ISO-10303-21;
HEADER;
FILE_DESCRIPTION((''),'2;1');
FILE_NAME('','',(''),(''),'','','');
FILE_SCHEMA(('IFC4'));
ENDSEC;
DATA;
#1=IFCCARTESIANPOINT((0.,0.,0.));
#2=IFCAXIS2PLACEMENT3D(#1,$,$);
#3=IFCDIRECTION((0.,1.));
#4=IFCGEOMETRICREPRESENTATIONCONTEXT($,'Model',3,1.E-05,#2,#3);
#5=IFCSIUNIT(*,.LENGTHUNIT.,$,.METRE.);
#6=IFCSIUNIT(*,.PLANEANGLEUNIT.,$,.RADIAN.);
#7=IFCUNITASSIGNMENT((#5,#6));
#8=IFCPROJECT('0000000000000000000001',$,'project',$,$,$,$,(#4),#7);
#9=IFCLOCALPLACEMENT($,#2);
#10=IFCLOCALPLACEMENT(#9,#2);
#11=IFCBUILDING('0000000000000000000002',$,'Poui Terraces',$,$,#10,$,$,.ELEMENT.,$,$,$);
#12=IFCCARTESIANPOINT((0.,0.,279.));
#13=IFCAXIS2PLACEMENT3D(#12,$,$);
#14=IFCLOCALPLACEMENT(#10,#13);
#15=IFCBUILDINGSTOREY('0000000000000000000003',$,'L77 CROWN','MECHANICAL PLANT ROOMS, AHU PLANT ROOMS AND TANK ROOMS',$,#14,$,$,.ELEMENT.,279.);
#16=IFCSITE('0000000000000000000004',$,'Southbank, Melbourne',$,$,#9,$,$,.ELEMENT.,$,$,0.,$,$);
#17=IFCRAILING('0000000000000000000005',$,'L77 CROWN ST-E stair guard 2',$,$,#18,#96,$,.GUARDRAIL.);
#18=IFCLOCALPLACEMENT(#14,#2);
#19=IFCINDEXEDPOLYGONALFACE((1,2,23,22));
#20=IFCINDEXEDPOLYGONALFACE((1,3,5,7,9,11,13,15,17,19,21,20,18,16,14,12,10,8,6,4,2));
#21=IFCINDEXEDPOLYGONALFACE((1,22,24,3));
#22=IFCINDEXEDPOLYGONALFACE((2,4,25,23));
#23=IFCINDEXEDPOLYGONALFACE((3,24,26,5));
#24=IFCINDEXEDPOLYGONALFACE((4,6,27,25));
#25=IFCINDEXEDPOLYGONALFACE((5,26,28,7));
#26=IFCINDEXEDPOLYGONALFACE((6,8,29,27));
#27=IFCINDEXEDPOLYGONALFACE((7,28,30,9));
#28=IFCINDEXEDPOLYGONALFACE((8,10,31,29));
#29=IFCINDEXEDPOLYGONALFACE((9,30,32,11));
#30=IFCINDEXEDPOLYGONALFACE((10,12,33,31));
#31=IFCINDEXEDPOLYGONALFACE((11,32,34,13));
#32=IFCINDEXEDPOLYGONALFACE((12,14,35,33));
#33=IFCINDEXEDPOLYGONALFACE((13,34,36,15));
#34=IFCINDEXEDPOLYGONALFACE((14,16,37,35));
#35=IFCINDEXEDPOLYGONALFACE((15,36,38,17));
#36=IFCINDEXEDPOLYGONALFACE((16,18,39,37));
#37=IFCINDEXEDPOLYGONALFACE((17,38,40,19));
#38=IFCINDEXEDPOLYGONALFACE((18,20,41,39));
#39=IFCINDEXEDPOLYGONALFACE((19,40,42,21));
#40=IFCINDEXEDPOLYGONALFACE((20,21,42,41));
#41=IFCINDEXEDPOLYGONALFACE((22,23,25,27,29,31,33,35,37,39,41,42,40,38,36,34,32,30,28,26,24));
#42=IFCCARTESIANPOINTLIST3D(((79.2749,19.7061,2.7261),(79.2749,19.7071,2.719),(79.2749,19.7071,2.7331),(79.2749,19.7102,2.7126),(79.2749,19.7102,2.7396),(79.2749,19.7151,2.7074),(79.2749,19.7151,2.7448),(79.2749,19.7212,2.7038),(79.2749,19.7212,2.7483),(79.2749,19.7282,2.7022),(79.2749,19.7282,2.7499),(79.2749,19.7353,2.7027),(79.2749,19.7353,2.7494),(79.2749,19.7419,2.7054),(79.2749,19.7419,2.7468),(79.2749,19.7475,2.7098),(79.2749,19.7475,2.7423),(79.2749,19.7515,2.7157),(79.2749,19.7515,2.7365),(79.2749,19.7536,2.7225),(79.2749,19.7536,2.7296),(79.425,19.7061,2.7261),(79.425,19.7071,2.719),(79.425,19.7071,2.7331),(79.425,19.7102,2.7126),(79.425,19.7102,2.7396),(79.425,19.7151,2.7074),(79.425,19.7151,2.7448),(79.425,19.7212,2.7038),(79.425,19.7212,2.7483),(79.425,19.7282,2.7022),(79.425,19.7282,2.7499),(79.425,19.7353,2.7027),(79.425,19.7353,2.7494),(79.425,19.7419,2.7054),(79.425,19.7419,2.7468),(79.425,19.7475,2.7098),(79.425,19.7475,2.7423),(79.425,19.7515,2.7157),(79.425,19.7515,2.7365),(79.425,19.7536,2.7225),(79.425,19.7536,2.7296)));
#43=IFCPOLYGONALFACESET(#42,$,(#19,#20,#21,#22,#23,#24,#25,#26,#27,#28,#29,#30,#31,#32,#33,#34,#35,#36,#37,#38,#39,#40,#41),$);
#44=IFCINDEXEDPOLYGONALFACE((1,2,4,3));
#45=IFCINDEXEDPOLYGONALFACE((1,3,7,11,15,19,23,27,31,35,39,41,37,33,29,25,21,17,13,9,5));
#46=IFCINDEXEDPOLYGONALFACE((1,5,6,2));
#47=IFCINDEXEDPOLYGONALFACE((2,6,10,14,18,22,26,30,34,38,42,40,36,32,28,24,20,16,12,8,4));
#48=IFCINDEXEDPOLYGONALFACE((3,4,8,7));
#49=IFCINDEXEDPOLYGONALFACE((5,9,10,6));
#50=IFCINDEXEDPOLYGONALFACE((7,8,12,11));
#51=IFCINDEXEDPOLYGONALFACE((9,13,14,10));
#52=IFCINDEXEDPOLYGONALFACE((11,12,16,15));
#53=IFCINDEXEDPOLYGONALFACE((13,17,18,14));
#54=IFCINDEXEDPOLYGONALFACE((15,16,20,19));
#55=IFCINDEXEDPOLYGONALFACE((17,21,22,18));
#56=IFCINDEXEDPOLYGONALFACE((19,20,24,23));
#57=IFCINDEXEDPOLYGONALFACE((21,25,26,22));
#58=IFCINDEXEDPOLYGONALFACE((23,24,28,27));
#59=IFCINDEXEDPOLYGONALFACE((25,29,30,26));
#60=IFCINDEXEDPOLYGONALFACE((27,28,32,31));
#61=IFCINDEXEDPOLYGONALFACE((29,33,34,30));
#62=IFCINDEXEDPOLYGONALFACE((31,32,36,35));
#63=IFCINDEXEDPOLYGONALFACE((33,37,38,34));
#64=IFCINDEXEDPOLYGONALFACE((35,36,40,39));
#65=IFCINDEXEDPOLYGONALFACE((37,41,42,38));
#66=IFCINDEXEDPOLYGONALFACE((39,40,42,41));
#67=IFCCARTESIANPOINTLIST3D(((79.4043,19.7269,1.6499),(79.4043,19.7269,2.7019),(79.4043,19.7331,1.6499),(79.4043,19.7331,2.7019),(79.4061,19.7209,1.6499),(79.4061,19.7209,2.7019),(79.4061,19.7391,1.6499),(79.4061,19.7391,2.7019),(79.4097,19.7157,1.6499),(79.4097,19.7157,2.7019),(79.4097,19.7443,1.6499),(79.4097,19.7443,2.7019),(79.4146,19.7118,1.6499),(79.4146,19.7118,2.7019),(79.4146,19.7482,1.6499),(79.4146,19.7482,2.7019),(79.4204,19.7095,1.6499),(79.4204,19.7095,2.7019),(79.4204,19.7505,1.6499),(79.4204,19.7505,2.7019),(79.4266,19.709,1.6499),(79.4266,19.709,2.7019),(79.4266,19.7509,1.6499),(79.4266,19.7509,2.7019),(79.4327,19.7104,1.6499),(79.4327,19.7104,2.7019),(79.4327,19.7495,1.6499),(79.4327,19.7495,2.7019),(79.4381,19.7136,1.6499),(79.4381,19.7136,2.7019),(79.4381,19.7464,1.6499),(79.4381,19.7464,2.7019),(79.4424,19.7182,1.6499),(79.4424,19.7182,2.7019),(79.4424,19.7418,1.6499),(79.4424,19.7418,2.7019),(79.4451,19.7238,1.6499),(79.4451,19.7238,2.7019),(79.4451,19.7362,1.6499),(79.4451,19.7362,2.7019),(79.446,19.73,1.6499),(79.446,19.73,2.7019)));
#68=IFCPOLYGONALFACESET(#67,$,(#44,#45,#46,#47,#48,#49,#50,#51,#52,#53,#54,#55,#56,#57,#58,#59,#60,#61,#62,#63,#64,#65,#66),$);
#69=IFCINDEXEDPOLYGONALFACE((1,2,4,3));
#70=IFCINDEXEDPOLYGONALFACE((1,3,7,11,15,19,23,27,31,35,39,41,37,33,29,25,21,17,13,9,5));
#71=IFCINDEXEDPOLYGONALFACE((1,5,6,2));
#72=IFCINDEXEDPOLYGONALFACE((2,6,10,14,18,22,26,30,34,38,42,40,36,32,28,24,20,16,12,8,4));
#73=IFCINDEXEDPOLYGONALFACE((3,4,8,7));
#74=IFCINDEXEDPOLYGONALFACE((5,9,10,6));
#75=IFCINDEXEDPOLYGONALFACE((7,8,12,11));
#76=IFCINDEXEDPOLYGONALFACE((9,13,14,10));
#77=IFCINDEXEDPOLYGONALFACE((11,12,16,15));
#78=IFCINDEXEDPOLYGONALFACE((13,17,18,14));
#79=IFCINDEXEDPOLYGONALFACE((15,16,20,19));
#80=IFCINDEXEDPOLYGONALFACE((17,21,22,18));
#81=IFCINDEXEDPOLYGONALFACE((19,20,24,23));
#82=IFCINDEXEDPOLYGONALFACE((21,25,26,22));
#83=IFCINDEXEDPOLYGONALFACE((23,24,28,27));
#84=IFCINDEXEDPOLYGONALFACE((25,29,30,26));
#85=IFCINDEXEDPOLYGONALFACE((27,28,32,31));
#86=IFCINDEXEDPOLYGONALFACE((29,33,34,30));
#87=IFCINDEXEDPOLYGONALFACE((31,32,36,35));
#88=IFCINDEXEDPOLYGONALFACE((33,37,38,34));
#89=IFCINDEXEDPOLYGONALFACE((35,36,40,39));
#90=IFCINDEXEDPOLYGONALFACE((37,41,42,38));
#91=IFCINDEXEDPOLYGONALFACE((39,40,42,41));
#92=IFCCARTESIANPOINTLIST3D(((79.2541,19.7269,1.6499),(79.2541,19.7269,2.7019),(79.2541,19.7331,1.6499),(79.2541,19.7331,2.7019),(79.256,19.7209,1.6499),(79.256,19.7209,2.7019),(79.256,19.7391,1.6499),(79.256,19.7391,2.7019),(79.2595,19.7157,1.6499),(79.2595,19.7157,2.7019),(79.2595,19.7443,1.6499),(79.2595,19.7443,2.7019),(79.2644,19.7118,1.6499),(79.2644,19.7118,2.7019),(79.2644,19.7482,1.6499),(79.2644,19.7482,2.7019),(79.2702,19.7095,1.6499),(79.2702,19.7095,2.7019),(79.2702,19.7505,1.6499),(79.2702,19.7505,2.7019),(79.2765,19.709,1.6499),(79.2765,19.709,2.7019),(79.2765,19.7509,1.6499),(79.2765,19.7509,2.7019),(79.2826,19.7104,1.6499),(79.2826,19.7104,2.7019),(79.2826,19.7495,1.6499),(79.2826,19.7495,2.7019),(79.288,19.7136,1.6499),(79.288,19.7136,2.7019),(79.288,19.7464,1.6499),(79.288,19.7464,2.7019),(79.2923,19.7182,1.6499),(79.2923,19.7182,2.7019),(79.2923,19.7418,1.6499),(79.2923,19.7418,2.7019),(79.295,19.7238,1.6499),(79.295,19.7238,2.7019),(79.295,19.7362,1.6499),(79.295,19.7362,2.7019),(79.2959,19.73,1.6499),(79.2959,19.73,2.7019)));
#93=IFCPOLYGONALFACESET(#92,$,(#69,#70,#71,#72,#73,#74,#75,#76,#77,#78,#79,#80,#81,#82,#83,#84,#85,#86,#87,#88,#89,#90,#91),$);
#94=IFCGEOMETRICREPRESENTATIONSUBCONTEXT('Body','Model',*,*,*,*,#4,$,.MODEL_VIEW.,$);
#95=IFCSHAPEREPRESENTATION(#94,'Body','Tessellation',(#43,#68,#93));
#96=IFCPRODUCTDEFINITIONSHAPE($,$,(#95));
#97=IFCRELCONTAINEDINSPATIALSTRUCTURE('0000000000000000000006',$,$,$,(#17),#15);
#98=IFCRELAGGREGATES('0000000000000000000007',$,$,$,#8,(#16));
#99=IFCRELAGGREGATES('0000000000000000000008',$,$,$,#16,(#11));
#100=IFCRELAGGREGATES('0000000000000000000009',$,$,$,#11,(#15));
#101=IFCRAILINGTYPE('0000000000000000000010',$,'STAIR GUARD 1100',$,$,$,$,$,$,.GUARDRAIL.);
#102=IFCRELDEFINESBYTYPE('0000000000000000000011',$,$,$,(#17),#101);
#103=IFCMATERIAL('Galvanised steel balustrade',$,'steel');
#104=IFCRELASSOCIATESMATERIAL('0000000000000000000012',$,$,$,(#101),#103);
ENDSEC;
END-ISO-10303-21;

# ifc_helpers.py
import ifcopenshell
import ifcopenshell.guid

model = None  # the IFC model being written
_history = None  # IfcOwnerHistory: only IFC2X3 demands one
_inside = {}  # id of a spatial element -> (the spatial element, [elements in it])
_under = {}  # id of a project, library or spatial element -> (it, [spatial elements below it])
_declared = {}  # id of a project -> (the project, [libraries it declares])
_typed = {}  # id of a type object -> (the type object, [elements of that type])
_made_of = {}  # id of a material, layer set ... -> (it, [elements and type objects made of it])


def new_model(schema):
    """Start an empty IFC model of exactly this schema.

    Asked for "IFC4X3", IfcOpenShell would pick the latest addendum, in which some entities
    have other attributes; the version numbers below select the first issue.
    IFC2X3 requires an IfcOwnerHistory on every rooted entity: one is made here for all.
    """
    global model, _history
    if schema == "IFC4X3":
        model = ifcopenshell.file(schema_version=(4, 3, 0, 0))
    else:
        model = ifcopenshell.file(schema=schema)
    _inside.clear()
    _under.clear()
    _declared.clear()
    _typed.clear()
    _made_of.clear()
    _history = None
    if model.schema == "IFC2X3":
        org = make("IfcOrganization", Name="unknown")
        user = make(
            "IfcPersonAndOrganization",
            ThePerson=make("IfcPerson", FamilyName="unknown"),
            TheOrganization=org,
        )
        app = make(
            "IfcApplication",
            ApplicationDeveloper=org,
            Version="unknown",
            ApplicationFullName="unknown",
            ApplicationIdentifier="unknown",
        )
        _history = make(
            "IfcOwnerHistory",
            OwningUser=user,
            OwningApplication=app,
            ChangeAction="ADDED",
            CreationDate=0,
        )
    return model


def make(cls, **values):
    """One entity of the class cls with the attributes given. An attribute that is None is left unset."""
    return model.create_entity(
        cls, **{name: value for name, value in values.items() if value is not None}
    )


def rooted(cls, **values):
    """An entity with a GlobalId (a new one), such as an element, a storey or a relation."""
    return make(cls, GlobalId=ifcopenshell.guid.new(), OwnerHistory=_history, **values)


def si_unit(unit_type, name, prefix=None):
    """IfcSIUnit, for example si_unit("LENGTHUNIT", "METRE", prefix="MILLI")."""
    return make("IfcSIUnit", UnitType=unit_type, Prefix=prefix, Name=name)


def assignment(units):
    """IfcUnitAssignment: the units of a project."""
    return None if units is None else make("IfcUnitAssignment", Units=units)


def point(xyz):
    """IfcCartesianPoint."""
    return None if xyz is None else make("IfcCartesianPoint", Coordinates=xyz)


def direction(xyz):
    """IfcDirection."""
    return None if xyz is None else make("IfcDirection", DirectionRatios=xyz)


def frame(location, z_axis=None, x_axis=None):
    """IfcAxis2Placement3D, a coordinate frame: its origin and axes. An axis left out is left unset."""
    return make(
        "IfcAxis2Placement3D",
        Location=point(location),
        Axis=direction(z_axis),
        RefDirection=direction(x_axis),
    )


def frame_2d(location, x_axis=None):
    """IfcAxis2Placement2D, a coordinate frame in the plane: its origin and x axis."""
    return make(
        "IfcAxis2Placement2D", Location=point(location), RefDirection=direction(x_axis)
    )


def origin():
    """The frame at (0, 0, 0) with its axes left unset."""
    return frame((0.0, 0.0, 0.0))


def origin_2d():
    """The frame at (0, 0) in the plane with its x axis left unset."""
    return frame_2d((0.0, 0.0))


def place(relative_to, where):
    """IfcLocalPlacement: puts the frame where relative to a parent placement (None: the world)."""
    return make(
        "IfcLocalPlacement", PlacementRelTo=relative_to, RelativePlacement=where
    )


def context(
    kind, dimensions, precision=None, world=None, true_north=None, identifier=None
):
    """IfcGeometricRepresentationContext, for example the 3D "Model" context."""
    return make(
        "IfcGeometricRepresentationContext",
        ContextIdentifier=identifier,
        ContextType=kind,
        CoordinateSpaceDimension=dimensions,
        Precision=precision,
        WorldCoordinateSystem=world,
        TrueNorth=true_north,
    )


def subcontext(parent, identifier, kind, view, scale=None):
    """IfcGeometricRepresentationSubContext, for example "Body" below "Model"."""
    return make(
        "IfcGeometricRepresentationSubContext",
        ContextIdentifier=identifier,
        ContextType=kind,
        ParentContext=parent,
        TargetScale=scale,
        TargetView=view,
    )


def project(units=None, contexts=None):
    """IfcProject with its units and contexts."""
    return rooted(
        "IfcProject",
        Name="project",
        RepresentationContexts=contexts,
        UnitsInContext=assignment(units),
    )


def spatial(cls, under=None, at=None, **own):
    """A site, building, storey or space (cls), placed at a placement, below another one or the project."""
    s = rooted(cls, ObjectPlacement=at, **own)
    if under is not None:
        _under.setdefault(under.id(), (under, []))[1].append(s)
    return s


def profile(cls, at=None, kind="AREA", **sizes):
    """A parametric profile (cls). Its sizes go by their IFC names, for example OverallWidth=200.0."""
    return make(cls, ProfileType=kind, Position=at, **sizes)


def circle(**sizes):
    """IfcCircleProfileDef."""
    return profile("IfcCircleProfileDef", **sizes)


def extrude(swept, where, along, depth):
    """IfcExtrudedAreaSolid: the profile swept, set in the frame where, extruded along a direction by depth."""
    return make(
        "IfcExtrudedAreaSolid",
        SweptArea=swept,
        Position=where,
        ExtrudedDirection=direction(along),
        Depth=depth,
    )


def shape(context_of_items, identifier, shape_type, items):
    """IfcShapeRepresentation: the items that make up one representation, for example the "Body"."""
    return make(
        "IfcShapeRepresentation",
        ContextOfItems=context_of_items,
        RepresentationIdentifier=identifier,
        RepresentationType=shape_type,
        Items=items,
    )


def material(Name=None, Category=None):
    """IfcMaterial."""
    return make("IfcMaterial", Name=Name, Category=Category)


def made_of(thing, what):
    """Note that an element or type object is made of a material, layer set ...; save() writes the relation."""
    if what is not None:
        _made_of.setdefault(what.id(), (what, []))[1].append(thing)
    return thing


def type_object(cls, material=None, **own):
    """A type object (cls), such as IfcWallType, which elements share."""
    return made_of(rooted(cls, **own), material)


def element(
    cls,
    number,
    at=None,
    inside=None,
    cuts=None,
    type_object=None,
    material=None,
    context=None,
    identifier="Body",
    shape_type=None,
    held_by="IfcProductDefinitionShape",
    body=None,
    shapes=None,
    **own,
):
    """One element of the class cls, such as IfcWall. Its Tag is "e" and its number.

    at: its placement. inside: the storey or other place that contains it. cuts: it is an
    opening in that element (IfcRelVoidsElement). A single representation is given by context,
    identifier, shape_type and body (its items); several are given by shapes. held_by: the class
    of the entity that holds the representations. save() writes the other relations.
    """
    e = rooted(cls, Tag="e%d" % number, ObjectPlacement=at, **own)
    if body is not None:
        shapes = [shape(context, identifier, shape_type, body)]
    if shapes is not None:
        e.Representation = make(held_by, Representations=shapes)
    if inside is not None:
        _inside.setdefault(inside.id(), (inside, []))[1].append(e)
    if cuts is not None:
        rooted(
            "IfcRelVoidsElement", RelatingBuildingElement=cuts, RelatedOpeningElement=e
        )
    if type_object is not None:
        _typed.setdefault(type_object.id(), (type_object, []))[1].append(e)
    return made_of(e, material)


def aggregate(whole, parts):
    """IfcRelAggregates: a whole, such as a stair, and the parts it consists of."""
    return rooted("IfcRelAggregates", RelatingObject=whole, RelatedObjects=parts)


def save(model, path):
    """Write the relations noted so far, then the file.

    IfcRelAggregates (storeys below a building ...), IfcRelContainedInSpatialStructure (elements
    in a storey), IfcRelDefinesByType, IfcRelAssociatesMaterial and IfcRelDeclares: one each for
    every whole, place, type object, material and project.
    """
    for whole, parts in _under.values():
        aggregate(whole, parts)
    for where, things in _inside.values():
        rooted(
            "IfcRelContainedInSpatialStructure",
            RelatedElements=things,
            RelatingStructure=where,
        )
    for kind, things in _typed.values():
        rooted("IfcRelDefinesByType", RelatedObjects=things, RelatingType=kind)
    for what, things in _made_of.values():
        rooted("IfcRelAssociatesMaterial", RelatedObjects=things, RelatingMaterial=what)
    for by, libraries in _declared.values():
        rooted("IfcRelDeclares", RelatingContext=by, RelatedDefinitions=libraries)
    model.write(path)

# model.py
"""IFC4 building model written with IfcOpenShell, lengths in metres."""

from ifc_helpers import new_model, si_unit, direction, frame, origin, origin_2d, place, context, subcontext, project, spatial, circle, extrude, material, type_object, element, save


model = new_model("IFC4")

# Units and contexts
model_context = context("Model", 3, precision=1e-05, world=origin(), true_north=direction((0.0, 1.0)))
body_context = subcontext(model_context, "Body", "Model", "MODEL_VIEW")
ifc_project = project(units=[si_unit("LENGTHUNIT", "METRE"), si_unit("PLANEANGLEUNIT", "RADIAN")], contexts=[model_context])

# Site, building, storey
site_placement = place(None, origin())
site = spatial("IfcSite", under=ifc_project, at=site_placement, Name="Southbank, Melbourne", CompositionType="ELEMENT", RefElevation=0.0)
building_placement = place(site_placement, origin())
building = spatial("IfcBuilding", under=site, at=building_placement, Name="Poui Terraces", CompositionType="ELEMENT")
storey_placement = place(building_placement, frame((0.0, 0.0, 279.0)))
storey = spatial("IfcBuildingStorey", under=building, at=storey_placement, Name="L77 CROWN", Description="MECHANICAL PLANT ROOMS, AHU PLANT ROOMS AND TANK ROOMS", CompositionType="ELEMENT", Elevation=279.0)

# Railing
ifc_material_1 = material(Name="Galvanised steel balustrade", Category="steel")
railing_type_1 = type_object("IfcRailingType", Name="STAIR GUARD 1100", PredefinedType="GUARDRAIL", material=ifc_material_1)
railing_1_placement = place(storey_placement, frame((79.425, 19.73, 1.6499)))
element("IfcRailing", 1, at=railing_1_placement, inside=storey, type_object=railing_type_1, Name="L77 CROWN ST-E stair guard 2", PredefinedType="GUARDRAIL", context=body_context, shape_type="SweptSolid", body=[
    extrude(circle(Radius=0.0239, at=origin_2d()), frame((0.0, 0.0, 1.0762), z_axis=(-1.0, 0.0, 0.0), x_axis=(0.0, -1.0, 0.0)), (0.0, 0.0, 1.0), 0.1501),
    extrude(circle(Radius=0.021, at=origin_2d()), origin(), (0.0, 0.0, 1.0), 1.052),
    extrude(circle(Radius=0.021, at=origin_2d()), frame((-0.1501, 0.0, 0.0)), (0.0, 0.0, 1.0), 1.052),
])

save(model, "model.ifc")
